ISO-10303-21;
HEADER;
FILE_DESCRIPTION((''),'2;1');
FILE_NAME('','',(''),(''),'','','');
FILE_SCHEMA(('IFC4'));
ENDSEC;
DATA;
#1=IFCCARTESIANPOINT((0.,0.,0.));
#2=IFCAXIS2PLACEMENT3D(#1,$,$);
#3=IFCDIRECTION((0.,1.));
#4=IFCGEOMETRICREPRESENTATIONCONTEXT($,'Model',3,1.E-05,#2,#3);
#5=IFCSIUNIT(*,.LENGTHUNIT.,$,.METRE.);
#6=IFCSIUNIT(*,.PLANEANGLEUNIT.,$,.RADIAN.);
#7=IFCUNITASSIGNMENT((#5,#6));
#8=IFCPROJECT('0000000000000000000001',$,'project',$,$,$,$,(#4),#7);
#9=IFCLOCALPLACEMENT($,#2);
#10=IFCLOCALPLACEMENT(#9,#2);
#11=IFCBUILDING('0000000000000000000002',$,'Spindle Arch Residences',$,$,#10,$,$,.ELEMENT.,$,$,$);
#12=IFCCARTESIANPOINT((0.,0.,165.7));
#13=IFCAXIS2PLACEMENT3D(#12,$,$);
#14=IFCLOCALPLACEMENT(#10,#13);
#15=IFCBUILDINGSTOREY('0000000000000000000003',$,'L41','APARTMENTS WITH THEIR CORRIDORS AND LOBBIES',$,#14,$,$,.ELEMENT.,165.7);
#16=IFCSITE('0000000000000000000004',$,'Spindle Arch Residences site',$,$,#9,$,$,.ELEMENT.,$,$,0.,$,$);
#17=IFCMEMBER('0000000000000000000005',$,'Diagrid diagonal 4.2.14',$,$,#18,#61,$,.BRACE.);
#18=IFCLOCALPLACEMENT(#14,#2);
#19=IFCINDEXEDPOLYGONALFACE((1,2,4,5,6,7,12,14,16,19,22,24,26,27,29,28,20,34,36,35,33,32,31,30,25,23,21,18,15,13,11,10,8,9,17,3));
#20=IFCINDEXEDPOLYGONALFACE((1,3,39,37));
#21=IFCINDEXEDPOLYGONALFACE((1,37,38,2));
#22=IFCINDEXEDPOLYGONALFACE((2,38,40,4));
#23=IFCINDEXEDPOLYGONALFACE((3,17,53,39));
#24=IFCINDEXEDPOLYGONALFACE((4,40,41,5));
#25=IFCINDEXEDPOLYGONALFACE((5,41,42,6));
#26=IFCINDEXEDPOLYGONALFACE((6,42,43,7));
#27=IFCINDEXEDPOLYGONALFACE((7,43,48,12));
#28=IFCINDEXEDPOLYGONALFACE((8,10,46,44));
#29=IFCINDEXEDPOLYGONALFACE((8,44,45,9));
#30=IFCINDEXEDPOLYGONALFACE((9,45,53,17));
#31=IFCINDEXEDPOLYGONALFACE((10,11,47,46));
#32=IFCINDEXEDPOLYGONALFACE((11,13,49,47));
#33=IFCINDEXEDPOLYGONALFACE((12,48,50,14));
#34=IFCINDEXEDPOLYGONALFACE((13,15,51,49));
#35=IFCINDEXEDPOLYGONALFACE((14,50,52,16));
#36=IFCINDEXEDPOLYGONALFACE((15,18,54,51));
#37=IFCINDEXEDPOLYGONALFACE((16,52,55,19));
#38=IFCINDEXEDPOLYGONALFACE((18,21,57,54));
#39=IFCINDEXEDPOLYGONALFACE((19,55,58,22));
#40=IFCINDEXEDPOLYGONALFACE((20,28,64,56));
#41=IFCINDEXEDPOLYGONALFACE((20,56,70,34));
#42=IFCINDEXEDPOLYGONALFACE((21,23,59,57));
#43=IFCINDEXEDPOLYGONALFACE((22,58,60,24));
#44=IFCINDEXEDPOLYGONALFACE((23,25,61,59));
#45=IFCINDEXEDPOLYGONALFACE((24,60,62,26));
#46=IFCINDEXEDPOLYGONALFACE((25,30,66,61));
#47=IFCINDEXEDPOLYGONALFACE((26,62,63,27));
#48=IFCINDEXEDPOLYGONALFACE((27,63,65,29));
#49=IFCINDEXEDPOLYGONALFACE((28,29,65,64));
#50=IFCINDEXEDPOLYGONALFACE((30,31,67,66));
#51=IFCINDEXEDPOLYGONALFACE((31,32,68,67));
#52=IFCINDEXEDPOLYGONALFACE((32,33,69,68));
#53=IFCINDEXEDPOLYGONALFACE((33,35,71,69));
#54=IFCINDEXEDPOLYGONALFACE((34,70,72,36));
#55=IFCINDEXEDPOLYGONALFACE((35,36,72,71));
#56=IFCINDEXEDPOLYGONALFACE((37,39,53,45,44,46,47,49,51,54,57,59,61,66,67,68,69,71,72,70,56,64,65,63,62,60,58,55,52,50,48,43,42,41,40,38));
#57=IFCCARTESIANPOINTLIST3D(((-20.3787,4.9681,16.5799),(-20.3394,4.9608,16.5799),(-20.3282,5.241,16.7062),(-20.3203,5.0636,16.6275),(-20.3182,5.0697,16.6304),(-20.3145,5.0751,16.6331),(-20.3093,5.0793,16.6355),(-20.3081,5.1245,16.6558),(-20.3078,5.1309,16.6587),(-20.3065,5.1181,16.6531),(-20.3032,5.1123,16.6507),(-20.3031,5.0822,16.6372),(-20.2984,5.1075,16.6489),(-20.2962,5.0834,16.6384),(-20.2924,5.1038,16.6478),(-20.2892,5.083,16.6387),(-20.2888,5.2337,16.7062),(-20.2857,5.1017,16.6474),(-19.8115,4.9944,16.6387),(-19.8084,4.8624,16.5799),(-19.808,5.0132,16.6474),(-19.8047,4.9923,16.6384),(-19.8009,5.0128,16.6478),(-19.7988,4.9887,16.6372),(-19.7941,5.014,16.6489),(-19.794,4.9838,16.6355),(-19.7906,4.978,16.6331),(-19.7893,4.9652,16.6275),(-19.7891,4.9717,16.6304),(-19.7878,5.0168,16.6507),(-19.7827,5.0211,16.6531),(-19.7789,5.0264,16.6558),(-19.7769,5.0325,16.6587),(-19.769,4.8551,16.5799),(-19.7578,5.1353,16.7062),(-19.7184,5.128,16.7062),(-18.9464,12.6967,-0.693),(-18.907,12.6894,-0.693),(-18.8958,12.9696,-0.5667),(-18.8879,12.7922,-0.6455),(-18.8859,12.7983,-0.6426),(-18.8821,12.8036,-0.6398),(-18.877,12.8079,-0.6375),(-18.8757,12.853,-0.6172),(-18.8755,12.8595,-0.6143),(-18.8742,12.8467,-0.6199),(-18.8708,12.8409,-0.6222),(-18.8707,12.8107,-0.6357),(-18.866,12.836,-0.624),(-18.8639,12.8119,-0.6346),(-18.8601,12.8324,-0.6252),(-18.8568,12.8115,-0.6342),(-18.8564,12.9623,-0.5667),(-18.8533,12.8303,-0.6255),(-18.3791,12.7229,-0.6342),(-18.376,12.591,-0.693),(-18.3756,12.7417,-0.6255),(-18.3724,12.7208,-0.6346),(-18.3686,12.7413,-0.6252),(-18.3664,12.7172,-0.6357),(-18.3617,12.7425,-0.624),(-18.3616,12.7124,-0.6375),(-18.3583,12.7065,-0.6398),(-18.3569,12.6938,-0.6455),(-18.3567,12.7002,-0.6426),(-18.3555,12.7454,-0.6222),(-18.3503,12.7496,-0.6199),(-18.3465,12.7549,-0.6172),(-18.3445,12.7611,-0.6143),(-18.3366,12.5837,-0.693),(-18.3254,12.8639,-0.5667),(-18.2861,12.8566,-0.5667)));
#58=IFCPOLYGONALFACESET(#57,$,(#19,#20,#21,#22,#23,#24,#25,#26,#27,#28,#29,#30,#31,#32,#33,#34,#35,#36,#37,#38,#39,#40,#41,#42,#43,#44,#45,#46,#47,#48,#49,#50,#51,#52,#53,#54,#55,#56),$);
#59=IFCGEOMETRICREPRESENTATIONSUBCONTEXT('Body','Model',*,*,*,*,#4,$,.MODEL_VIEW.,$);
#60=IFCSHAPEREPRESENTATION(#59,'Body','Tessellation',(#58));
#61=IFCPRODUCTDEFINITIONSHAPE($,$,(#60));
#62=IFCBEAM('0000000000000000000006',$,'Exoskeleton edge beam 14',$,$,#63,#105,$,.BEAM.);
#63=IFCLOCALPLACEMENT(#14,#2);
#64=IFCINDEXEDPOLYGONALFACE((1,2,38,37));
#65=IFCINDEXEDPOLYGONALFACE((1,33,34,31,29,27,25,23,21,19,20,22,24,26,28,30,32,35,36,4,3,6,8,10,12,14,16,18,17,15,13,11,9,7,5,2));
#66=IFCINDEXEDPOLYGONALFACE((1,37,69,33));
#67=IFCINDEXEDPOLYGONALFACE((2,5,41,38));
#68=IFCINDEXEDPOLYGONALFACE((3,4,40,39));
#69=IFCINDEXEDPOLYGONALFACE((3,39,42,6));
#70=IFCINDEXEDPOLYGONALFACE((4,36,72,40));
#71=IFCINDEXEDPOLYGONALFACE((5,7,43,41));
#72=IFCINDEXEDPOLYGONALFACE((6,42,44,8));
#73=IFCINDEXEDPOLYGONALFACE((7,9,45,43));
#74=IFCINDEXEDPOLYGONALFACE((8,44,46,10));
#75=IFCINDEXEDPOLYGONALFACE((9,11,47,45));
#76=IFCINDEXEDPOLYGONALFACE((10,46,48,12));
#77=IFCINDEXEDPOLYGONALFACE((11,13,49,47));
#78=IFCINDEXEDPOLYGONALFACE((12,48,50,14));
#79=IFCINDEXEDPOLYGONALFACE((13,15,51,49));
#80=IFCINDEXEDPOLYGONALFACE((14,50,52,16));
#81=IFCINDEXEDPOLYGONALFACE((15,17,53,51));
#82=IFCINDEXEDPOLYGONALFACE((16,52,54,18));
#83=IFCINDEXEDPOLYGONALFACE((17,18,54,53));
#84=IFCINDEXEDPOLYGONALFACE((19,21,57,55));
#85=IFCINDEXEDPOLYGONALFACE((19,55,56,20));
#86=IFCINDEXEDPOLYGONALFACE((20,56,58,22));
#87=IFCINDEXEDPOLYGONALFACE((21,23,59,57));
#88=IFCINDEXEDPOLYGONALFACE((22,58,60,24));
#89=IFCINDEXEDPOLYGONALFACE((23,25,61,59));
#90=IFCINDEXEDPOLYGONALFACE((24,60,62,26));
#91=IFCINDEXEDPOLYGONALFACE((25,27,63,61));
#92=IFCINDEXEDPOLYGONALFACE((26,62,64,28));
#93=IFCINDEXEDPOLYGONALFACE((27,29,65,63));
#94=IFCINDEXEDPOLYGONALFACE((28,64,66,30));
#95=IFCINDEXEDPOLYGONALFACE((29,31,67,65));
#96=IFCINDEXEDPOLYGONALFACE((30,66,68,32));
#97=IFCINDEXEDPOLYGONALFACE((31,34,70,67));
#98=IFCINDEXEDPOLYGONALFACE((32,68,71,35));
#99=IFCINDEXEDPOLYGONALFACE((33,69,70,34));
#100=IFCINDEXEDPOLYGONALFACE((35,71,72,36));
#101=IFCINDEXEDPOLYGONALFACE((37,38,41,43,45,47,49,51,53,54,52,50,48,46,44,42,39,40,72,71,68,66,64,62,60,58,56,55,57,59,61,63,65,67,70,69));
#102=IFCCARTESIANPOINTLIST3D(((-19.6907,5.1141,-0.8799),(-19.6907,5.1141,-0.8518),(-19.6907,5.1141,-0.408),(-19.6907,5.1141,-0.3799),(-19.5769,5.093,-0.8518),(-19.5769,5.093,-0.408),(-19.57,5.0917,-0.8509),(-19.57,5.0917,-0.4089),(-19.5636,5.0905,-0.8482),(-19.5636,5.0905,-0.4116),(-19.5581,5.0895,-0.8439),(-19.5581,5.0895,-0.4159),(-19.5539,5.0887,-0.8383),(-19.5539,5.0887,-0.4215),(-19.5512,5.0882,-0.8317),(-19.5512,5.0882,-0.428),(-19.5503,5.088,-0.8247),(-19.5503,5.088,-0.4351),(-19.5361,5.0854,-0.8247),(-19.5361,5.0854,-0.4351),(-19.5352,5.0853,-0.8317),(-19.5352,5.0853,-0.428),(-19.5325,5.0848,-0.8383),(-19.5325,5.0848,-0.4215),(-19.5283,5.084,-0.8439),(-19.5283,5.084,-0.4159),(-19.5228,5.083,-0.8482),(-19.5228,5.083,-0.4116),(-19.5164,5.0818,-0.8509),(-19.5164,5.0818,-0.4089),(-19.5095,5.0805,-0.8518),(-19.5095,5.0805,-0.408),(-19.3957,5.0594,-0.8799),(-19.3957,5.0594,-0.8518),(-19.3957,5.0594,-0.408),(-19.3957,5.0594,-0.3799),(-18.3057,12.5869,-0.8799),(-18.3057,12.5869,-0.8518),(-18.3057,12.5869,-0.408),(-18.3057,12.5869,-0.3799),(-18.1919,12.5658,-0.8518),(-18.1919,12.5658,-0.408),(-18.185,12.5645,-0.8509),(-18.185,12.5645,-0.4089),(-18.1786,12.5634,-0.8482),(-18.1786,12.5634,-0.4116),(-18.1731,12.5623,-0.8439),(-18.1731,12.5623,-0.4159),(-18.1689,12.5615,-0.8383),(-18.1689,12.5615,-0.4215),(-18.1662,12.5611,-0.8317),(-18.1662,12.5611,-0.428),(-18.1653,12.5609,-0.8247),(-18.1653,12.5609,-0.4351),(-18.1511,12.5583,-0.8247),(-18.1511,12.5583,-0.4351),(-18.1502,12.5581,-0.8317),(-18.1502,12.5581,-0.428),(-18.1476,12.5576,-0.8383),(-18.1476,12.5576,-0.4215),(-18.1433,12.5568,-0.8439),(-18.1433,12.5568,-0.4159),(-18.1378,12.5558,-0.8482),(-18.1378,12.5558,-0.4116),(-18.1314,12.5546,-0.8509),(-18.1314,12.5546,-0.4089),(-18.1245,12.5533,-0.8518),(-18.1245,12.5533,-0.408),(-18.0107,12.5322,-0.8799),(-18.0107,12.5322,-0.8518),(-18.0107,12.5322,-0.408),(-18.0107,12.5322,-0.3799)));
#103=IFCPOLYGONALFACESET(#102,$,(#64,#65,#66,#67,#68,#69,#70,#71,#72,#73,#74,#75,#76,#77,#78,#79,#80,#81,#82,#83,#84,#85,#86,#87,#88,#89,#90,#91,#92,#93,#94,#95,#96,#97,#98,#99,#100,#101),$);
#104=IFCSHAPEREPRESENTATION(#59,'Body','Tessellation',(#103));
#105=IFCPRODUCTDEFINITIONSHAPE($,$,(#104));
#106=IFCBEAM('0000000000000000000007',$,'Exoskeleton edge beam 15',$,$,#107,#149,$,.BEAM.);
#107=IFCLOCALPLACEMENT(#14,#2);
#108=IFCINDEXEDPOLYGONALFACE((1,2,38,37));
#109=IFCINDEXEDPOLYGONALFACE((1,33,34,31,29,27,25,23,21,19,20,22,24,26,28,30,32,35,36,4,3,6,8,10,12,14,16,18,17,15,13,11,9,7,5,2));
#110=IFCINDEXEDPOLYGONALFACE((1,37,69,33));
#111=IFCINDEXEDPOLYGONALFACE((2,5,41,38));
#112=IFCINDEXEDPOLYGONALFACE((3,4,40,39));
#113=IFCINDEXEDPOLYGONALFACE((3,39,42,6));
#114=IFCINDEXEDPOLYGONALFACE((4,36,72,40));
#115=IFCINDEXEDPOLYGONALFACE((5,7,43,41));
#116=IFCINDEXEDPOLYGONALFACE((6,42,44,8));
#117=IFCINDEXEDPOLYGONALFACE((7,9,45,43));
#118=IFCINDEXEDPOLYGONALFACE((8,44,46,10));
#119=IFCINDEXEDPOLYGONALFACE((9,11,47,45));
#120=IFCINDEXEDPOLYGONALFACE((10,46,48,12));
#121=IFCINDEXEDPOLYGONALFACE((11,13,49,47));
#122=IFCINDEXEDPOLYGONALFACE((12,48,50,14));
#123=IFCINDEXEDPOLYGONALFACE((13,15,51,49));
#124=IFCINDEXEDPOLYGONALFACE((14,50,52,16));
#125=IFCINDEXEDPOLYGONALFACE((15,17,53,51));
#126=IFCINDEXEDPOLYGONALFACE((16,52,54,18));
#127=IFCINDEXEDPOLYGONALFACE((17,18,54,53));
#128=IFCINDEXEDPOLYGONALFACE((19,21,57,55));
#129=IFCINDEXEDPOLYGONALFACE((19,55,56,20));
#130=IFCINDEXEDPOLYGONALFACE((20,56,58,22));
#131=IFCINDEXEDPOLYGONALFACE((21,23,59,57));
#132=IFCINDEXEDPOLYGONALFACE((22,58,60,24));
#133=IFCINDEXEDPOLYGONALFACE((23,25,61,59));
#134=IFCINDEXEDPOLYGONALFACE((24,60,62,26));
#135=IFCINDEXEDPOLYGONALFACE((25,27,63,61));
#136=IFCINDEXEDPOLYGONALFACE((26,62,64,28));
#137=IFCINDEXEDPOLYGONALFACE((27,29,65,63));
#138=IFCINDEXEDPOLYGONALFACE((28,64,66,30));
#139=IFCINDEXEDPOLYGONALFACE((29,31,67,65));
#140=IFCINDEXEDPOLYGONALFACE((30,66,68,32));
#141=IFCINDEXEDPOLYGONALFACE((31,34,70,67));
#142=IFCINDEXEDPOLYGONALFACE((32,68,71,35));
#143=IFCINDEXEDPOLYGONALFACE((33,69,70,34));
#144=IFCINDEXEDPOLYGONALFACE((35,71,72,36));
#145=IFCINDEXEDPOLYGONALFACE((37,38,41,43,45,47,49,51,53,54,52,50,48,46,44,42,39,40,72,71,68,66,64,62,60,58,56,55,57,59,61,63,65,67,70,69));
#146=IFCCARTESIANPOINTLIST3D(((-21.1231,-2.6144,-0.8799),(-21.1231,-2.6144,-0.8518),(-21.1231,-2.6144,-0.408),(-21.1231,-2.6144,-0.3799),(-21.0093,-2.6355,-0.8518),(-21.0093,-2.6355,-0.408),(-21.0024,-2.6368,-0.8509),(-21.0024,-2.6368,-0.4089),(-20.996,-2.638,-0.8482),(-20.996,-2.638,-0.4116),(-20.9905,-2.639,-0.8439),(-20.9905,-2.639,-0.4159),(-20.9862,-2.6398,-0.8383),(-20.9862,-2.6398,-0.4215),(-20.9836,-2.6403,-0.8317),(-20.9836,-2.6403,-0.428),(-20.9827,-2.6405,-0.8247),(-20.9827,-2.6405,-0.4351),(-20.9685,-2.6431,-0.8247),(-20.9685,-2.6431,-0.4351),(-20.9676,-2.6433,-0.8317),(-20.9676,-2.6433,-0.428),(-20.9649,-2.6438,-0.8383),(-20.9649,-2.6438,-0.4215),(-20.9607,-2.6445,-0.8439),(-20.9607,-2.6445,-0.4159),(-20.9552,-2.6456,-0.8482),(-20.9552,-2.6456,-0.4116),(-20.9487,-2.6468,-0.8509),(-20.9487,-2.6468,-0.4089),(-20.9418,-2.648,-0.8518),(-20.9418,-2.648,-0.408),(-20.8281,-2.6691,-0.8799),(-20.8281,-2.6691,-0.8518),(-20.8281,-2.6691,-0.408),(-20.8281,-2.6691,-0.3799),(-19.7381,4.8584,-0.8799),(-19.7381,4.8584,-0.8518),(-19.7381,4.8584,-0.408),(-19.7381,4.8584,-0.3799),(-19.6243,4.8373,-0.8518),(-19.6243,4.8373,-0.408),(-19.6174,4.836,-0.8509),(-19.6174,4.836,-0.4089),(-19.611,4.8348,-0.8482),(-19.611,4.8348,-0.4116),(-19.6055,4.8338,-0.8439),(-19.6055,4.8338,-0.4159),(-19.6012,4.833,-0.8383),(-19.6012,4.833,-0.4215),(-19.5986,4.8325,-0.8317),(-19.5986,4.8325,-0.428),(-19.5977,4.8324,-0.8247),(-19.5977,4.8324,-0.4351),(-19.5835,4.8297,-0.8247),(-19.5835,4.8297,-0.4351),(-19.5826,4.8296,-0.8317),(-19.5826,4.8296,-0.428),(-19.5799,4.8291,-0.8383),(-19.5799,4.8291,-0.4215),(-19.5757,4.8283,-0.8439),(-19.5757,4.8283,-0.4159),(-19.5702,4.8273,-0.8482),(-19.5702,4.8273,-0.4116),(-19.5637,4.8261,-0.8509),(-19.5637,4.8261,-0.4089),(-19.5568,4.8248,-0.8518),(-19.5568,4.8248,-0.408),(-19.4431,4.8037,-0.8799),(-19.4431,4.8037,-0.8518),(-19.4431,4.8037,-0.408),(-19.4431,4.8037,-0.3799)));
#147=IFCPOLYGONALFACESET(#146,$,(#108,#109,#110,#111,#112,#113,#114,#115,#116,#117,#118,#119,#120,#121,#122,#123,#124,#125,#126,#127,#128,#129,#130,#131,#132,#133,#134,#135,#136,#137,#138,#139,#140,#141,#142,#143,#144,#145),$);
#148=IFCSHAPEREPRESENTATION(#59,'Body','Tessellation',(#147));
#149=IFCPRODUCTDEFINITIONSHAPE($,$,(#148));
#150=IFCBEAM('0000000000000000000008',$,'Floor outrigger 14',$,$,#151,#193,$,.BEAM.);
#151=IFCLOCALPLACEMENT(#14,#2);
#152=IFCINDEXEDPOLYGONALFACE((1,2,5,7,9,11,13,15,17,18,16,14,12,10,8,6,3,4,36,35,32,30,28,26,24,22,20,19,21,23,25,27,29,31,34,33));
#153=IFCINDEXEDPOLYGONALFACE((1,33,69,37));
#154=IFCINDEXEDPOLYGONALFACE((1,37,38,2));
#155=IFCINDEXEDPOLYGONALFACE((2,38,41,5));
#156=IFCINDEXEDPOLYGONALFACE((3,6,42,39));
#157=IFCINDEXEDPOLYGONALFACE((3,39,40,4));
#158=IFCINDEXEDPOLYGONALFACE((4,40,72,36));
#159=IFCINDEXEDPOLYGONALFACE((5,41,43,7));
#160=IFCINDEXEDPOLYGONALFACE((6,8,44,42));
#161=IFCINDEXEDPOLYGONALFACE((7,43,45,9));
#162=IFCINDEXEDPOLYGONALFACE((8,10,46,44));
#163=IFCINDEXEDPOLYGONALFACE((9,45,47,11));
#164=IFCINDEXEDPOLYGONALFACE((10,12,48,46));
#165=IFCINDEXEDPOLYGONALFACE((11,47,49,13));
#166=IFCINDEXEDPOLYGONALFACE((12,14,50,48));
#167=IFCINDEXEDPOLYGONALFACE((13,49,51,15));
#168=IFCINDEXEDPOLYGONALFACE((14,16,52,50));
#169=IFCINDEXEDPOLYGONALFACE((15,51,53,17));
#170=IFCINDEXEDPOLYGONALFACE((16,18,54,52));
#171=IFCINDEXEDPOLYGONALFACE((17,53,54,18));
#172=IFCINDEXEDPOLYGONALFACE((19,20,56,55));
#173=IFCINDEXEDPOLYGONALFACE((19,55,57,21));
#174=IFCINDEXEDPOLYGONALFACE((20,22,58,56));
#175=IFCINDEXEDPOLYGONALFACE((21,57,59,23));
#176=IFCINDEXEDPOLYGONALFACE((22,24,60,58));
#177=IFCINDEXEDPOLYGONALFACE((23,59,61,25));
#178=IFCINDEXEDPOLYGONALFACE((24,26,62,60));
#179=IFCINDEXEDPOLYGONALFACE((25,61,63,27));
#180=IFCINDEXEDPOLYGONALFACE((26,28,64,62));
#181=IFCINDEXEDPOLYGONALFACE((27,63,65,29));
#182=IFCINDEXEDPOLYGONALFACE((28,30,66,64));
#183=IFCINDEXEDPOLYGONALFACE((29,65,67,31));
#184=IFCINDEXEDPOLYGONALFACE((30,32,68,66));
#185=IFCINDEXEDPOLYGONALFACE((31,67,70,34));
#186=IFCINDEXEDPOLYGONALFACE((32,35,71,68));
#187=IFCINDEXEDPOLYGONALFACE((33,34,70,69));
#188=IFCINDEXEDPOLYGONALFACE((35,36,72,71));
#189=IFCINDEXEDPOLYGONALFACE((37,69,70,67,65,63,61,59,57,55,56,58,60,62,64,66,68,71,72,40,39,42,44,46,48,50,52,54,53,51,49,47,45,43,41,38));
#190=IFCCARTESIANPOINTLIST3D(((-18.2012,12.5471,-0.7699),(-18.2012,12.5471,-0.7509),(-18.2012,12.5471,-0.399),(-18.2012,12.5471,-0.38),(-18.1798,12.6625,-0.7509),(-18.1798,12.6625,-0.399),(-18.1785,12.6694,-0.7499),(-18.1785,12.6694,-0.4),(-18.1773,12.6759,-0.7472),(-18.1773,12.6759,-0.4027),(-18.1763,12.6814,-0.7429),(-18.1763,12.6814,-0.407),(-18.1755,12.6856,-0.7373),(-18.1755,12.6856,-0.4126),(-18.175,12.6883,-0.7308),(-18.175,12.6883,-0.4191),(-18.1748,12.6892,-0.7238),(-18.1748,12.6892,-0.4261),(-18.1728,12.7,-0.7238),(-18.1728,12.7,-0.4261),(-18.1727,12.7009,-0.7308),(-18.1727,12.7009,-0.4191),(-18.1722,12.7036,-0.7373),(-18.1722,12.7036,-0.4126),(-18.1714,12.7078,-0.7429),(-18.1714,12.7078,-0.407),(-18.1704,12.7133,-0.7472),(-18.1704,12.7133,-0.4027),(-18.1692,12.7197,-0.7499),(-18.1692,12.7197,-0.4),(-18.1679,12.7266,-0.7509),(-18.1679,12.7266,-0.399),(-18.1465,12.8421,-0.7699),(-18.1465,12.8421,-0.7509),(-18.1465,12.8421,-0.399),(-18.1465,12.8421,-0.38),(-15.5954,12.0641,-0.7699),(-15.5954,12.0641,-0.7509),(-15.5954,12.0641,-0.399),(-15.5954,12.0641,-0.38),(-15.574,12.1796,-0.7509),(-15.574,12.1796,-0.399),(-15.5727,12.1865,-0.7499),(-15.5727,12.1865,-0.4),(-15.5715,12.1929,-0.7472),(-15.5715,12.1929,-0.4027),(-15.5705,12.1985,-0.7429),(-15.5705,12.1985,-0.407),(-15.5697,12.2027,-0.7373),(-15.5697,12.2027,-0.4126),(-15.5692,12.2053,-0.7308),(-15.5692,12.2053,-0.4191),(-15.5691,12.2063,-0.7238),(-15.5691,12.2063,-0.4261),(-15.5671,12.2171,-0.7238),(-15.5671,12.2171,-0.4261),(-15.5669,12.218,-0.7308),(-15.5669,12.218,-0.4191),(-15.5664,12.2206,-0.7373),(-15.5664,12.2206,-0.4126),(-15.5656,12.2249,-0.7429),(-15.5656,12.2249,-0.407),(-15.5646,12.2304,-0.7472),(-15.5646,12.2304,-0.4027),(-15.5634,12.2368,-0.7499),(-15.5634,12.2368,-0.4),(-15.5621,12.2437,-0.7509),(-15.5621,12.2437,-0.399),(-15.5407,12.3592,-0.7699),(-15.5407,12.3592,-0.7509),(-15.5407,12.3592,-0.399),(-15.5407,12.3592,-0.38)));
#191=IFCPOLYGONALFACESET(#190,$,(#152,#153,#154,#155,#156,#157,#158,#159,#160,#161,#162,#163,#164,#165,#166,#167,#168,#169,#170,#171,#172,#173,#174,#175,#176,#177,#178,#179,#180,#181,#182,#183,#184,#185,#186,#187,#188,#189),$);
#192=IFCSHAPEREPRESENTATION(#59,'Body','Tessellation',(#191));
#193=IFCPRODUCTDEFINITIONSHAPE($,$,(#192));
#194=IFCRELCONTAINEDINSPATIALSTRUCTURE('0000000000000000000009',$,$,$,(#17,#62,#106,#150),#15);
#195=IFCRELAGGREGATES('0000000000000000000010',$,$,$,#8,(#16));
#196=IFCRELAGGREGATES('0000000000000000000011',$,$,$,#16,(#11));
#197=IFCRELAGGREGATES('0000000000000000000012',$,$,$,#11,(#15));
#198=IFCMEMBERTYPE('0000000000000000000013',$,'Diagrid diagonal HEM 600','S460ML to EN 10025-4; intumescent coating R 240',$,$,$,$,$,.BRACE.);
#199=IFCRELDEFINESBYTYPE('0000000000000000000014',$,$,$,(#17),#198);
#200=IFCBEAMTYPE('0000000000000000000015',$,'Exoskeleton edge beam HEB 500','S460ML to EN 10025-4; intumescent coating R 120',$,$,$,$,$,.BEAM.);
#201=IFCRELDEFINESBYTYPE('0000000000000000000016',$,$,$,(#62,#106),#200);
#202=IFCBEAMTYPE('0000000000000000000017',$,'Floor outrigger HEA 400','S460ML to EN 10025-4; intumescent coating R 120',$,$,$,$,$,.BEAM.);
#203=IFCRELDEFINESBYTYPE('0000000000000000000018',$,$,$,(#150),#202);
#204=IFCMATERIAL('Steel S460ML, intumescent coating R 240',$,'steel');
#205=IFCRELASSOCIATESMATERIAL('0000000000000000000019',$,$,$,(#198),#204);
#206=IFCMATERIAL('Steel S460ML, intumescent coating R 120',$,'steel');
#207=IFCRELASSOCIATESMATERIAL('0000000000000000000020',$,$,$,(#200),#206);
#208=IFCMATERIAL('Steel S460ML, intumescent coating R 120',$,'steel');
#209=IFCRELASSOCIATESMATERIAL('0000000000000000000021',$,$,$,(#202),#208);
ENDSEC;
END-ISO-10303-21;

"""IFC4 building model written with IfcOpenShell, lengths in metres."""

from ifc_helpers import new_model, si_unit, direction, frame, origin, origin_2d, place, context, subcontext, project, spatial, i_section, extrude, material, material_profile, profile_set, type_object, element, save


model = new_model("IFC4")

# Units and contexts
model_context = context("Model", 3, precision=1e-05, world=origin(), true_north=direction((0.0, 1.0)))
body_context = subcontext(model_context, "Body", "Model", "MODEL_VIEW")
ifc_project = project(units=[si_unit("LENGTHUNIT", "METRE"), si_unit("PLANEANGLEUNIT", "RADIAN")], contexts=[model_context])

# Site, building, storey
site_placement = place(None, origin())
site = spatial("IfcSite", under=ifc_project, at=site_placement, Name="Spindle Arch Residences site", CompositionType="ELEMENT", RefElevation=0.0)
building_placement = place(site_placement, origin())
building = spatial("IfcBuilding", under=site, at=building_placement, Name="Spindle Arch Residences", CompositionType="ELEMENT")
storey_placement = place(building_placement, frame((0.0, 0.0, 165.7)))
storey = spatial("IfcBuildingStorey", under=building, at=storey_placement, Name="L41", Description="APARTMENTS WITH THEIR CORRIDORS AND LOBBIES", CompositionType="ELEMENT", Elevation=165.7)

# Member
ifc_material_1 = material(Name="Steel S460ML, intumescent coating R 240", Category="steel")
ifc_material_profile_1 = material_profile(ifc_material_1, i_section(OverallWidth=0.3049, OverallDepth=0.6201, WebThickness=0.021, FlangeThickness=0.04, FilletRadius=0.0271, at=origin_2d()), Name="HEM 600")
ifc_profile_set_1 = profile_set([ifc_material_profile_1], Name="Steel S460ML, intumescent coating R 240")
member_type_1 = type_object("IfcMemberType", Name="Diagrid diagonal HEM 600", Description="S460ML to EN 10025-4; intumescent coating R 240", PredefinedType="BRACE", material=ifc_profile_set_1)
for number, where, z_axis, x_axis, name in (
    (1, (-18.6162, 12.7766, -0.6299), (-0.075478, -0.407251, 0.910192), (0.165867, 0.894951, 0.414187), "Diagrid diagonal 4.2.14"),
):
    element("IfcMember", number, at=place(storey_placement, frame(where, z_axis=z_axis, x_axis=x_axis)), inside=storey, type_object=member_type_1, Name=name, PredefinedType="BRACE", context=body_context, shape_type="SweptSolid", body=[
        extrude(i_section(OverallWidth=0.3049, OverallDepth=0.6201, WebThickness=0.021, FlangeThickness=0.04, FilletRadius=0.0271, at=origin_2d()), origin(), (0.0, 0.0, 1.0), 18.9773),
    ])

# Beams
ifc_material_2 = material(Name="Steel S460ML, intumescent coating R 120", Category="steel")
ifc_material_profile_2 = material_profile(ifc_material_2, i_section(OverallWidth=0.3, OverallDepth=0.5, WebThickness=0.0144, FlangeThickness=0.0281, FilletRadius=0.0271, at=origin_2d()), Name="HEB 500")
ifc_profile_set_2 = profile_set([ifc_material_profile_2], Name="Steel S460ML, intumescent coating R 120")
beam_type_1 = type_object("IfcBeamType", Name="Exoskeleton edge beam HEB 500", Description="S460ML to EN 10025-4; intumescent coating R 120", PredefinedType="BEAM", material=ifc_profile_set_2)
for number, where, z_axis, x_axis, name in (
    (2, (-18.1582, 12.5596, -0.6299), (-0.182234, -0.983255, 0.0), (0.983255, -0.182234, 0.0), "Exoskeleton edge beam 14"),
    (3, (-19.5906, 4.8311, -0.6299), (-0.182234, -0.983255, 0.0), (0.983255, -0.182234, 0.0), "Exoskeleton edge beam 15"),
):
    element("IfcBeam", number, at=place(storey_placement, frame(where, z_axis=z_axis, x_axis=x_axis)), inside=storey, type_object=beam_type_1, Name=name, PredefinedType="BEAM", context=body_context, shape_type="SweptSolid", body=[
        extrude(i_section(OverallWidth=0.3, OverallDepth=0.5, WebThickness=0.0144, FlangeThickness=0.0281, FilletRadius=0.0271, at=origin_2d()), origin(), (0.0, 0.0, 1.0), 7.6001),
    ])
ifc_material_3 = material(Name="Steel S460ML, intumescent coating R 120", Category="steel")
ifc_material_profile_3 = material_profile(ifc_material_3, i_section(OverallWidth=0.3, OverallDepth=0.3899, WebThickness=0.011, FlangeThickness=0.019, FilletRadius=0.0271, at=origin_2d()), Name="HEA 400")
ifc_profile_set_3 = profile_set([ifc_material_profile_3], Name="Steel S460ML, intumescent coating R 120")
beam_type_2 = type_object("IfcBeamType", Name="Floor outrigger HEA 400", Description="S460ML to EN 10025-4; intumescent coating R 120", PredefinedType="BEAM", material=ifc_profile_set_3)
for number, where, z_axis, x_axis, name in (
    (4, (-18.1738, 12.6946, -0.575), (0.983257, -0.182225, 0.0), (0.182225, 0.983257, 0.0), "Floor outrigger 14"),
):
    element("IfcBeam", number, at=place(storey_placement, frame(where, z_axis=z_axis, x_axis=x_axis)), inside=storey, type_object=beam_type_2, Name=name, PredefinedType="BEAM", context=body_context, shape_type="SweptSolid", body=[
        extrude(i_section(OverallWidth=0.3, OverallDepth=0.3899, WebThickness=0.011, FlangeThickness=0.019, FilletRadius=0.0271, at=origin_2d()), origin(), (0.0, 0.0, 1.0), 2.6501),
    ])

save(model, "model.ifc")
